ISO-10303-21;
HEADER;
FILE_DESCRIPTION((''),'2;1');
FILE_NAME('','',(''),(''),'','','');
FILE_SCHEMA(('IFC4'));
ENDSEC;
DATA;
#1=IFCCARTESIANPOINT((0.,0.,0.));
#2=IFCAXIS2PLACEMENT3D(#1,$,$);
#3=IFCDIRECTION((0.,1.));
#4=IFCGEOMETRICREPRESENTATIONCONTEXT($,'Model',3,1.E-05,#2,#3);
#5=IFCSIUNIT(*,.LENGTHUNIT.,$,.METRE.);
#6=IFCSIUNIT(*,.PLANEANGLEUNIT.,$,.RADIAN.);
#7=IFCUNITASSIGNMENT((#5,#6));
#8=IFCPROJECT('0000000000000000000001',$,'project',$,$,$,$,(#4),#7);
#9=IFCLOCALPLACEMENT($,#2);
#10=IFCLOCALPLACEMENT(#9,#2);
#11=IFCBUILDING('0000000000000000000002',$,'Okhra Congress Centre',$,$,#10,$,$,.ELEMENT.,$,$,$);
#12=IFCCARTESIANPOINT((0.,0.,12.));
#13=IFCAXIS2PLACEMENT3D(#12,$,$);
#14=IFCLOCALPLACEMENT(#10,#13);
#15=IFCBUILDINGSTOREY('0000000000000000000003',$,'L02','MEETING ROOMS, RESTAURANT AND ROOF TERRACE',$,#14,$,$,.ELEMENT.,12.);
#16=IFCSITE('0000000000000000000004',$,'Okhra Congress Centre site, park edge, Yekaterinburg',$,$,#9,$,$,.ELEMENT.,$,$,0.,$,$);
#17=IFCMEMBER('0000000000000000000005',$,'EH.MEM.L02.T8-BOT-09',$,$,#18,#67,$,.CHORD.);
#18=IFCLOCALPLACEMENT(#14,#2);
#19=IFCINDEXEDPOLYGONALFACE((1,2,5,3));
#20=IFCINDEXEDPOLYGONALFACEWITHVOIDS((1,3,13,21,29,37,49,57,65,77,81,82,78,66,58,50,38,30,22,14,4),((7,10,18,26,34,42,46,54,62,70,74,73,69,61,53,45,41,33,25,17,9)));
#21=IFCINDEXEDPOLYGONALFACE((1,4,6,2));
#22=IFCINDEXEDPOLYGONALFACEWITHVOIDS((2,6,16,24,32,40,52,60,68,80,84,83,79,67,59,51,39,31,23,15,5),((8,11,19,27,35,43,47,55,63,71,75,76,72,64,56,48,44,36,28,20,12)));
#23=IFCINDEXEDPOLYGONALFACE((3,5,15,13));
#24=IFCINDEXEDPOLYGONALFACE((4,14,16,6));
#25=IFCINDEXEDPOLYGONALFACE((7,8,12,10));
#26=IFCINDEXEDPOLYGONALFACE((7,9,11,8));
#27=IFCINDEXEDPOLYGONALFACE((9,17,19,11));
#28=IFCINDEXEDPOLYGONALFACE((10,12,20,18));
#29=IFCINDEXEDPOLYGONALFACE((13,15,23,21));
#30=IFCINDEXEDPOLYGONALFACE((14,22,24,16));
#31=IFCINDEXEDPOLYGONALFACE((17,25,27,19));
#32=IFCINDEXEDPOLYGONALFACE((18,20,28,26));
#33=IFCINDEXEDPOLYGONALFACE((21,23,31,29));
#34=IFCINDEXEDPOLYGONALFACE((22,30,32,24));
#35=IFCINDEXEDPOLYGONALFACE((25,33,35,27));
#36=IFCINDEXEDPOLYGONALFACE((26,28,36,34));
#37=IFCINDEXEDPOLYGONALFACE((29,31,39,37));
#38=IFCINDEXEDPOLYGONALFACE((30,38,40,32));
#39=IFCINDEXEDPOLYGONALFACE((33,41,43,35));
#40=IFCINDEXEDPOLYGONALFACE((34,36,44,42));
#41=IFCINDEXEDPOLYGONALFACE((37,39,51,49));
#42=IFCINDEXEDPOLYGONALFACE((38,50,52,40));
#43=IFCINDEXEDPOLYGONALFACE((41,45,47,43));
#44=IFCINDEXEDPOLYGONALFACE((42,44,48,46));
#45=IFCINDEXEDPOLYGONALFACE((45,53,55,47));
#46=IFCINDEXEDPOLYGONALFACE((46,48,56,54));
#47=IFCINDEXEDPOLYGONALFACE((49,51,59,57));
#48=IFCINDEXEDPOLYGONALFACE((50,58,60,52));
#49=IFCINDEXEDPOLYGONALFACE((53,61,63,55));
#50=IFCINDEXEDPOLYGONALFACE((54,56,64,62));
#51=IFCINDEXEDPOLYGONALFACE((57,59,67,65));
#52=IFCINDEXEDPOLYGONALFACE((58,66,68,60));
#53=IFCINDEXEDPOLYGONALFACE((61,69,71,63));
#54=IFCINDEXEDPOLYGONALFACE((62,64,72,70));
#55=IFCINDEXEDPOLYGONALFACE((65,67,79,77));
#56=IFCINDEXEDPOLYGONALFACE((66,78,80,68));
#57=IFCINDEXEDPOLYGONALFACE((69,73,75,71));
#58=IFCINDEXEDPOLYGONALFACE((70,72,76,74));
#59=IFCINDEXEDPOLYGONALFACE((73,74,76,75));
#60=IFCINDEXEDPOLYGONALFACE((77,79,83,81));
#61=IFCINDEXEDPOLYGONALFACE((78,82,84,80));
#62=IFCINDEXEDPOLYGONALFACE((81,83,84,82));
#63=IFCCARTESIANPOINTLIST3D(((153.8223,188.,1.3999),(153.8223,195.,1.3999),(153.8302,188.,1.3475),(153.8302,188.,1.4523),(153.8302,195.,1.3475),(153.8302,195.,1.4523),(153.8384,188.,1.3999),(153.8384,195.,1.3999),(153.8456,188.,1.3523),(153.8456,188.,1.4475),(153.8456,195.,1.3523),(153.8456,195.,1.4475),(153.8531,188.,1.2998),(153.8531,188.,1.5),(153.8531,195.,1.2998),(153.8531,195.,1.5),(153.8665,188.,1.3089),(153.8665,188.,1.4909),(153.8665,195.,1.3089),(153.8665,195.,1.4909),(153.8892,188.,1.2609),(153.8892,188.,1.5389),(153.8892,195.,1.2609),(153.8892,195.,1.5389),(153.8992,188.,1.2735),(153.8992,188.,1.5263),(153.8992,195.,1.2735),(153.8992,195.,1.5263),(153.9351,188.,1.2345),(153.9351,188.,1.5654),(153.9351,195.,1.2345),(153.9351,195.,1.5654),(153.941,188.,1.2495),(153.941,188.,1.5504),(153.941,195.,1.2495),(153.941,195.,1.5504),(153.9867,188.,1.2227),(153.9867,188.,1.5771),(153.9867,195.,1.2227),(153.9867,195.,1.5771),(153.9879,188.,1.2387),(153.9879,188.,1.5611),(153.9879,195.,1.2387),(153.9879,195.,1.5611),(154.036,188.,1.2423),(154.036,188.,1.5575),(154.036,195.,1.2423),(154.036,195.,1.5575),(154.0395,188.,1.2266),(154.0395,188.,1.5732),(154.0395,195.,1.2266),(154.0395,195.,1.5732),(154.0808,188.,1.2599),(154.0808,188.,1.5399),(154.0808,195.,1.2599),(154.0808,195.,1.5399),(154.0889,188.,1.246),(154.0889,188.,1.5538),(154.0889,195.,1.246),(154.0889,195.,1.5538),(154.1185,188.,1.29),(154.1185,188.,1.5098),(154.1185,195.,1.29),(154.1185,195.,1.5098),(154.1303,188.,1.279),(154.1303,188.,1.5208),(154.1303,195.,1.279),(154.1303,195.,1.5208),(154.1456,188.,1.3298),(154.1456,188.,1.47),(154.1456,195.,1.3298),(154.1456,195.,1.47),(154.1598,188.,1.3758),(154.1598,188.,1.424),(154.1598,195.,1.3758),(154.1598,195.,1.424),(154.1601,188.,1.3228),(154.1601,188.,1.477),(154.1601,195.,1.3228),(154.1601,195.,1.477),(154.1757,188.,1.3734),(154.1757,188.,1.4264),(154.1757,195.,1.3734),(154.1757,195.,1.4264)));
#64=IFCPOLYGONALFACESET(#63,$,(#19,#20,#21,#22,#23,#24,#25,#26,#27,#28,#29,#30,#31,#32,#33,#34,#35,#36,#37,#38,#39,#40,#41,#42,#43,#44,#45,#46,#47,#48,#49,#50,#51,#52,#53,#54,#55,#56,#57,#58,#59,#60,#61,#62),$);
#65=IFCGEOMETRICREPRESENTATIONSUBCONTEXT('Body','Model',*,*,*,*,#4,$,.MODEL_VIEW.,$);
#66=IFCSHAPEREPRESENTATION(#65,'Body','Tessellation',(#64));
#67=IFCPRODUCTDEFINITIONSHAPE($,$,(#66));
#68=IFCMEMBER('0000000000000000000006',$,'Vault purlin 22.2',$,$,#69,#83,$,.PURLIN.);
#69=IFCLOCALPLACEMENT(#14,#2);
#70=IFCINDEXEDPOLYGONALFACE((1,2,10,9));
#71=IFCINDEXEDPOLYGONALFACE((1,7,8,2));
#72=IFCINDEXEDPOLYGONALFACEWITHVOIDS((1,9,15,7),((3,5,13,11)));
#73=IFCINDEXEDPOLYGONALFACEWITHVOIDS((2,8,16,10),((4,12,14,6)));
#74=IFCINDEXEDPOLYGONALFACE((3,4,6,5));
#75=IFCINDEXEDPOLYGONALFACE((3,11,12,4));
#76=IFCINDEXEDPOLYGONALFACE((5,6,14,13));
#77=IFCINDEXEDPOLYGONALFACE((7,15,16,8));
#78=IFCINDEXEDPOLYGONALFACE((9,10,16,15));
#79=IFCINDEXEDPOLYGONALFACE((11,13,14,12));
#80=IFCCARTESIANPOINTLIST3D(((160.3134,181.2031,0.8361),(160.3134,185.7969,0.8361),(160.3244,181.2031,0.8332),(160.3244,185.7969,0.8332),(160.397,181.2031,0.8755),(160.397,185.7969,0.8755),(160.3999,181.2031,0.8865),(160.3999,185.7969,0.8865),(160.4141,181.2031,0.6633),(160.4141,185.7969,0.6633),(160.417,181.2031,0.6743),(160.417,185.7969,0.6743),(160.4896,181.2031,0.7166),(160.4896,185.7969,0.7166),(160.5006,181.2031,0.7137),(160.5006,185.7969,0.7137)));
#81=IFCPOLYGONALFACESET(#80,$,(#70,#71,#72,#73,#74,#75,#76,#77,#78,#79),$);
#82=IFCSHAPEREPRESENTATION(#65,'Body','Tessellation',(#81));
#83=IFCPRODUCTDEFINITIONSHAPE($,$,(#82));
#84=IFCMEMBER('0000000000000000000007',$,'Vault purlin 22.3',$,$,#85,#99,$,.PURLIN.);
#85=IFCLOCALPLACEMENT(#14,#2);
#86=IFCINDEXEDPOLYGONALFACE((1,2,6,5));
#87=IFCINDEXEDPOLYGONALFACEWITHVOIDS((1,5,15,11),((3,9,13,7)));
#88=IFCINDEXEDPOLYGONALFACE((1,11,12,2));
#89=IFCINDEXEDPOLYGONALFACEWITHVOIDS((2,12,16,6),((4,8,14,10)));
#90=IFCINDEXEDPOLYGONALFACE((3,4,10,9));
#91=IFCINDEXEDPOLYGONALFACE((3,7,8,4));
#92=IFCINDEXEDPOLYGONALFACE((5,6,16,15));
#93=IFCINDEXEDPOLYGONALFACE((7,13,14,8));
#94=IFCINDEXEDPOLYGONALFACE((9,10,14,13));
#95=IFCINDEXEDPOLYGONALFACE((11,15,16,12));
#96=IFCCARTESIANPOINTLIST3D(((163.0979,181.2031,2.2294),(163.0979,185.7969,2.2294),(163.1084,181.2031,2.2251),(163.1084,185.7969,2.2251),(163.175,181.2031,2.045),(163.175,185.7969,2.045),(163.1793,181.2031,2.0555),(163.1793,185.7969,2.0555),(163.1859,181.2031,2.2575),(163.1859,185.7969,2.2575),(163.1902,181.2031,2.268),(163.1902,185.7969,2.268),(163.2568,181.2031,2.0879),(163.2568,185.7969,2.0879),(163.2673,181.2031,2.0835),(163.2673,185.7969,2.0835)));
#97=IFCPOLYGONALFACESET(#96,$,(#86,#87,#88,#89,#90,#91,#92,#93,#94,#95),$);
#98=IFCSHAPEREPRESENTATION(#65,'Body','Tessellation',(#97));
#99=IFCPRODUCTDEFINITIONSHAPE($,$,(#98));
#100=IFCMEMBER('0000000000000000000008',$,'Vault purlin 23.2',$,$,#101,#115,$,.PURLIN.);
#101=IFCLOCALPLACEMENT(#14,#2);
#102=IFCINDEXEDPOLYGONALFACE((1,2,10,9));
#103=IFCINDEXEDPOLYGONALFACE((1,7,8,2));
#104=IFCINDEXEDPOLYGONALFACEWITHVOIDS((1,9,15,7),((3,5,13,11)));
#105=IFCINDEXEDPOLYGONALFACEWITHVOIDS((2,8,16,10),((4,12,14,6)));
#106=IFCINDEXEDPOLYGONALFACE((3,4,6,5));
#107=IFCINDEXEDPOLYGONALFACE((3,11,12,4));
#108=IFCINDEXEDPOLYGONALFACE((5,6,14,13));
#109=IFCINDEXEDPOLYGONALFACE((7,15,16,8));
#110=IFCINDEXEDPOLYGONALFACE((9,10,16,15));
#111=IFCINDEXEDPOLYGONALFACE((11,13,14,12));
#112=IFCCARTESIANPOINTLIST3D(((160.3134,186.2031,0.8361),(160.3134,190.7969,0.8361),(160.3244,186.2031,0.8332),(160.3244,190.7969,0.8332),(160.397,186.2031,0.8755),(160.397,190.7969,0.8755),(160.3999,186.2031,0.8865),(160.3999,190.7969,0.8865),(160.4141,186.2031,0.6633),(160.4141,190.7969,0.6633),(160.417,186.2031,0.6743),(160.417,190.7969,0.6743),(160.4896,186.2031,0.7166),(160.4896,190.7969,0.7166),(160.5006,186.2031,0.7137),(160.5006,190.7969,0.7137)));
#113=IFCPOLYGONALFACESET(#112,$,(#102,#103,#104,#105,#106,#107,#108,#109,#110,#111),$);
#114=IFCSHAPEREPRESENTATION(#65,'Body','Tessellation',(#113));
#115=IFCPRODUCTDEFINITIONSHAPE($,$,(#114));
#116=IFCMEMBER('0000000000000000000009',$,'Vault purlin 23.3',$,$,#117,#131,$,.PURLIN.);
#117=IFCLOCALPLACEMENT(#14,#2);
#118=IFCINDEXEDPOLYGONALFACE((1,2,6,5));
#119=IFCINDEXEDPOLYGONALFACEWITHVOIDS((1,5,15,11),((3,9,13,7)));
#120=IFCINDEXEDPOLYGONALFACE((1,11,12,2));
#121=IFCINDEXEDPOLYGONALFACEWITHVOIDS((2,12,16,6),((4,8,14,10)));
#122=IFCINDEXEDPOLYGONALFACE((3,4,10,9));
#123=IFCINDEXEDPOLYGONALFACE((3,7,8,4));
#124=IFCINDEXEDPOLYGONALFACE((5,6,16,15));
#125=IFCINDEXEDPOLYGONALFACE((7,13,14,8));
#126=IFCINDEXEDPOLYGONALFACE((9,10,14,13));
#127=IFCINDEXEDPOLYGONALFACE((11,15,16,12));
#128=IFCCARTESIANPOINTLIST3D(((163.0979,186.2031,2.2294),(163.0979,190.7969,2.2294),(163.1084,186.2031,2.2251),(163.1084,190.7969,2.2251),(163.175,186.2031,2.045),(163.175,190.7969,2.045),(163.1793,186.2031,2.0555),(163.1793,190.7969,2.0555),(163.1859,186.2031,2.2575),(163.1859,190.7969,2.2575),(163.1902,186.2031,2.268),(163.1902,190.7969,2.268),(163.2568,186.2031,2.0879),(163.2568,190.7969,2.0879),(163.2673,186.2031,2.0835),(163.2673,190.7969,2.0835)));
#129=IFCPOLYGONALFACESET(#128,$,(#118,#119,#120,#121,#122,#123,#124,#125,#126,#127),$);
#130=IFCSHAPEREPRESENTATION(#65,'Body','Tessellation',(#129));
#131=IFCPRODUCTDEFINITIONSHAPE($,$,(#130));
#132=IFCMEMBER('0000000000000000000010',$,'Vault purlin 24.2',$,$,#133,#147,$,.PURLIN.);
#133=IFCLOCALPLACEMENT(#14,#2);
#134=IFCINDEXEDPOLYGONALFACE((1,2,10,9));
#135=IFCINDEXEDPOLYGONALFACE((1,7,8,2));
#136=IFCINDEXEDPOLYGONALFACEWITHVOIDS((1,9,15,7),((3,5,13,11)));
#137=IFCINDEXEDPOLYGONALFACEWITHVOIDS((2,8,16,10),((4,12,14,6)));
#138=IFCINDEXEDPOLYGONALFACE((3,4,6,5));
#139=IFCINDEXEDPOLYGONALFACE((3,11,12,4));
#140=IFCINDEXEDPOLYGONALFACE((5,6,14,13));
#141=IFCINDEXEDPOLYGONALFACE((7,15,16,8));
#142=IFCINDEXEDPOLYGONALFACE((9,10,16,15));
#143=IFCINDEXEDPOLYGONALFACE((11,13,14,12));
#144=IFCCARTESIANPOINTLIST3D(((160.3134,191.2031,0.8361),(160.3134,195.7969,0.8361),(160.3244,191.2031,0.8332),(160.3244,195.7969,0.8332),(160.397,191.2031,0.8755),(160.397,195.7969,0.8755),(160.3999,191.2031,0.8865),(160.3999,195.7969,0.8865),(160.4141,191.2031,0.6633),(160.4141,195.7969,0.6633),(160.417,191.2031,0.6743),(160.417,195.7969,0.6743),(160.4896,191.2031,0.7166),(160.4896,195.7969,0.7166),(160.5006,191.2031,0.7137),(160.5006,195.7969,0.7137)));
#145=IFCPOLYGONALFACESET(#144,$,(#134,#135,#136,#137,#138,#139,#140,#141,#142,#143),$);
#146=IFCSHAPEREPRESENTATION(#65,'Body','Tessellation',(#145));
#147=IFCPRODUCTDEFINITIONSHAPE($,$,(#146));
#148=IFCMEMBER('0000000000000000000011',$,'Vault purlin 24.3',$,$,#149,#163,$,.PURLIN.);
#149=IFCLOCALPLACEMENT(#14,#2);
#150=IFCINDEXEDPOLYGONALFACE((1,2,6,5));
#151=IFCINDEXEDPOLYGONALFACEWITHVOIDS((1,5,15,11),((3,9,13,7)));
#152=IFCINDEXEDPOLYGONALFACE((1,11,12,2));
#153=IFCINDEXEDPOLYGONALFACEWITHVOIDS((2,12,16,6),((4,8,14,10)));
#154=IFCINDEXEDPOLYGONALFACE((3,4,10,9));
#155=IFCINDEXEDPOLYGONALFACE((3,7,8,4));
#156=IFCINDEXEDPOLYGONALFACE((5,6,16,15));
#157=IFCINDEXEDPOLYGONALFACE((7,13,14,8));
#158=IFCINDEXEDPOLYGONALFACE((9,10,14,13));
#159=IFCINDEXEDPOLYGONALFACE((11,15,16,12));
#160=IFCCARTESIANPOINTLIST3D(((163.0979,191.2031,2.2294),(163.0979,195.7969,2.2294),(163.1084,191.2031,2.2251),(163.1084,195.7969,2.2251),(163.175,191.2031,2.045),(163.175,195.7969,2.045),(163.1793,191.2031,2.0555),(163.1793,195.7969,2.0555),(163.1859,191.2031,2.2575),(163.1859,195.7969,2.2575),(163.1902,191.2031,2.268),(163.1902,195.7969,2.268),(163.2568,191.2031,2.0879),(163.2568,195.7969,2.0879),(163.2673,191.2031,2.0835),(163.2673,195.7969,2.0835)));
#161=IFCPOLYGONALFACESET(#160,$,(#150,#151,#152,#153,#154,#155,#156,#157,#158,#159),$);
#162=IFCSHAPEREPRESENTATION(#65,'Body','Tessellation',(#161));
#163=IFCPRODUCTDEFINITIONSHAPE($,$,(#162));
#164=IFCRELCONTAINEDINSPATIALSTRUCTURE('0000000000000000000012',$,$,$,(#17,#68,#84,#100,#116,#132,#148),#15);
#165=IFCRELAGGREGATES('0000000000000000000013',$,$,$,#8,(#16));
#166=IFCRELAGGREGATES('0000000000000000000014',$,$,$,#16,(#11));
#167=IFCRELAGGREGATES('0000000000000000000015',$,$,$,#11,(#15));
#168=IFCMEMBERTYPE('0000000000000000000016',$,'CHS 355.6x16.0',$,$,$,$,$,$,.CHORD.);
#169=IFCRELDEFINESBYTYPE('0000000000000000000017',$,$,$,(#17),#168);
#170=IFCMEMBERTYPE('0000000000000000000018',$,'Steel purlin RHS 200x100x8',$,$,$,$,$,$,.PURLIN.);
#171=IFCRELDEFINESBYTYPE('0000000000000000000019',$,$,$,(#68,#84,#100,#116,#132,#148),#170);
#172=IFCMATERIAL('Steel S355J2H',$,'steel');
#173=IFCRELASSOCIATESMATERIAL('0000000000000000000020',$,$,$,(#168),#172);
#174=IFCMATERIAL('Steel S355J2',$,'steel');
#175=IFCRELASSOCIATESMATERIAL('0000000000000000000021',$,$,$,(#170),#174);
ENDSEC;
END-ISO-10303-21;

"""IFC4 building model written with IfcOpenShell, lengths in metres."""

from ifc_helpers import new_model, si_unit, direction, frame, origin, origin_2d, place, context, subcontext, project, spatial, hollow_rectangle, hollow_circle, extrude, material, material_profile, profile_set, type_object, element, save


model = new_model("IFC4")

# Units and contexts
model_context = context("Model", 3, precision=1e-05, world=origin(), true_north=direction((0.0, 1.0)))
body_context = subcontext(model_context, "Body", "Model", "MODEL_VIEW")
ifc_project = project(units=[si_unit("LENGTHUNIT", "METRE"), si_unit("PLANEANGLEUNIT", "RADIAN")], contexts=[model_context])

# Site, building, storey
site_placement = place(None, origin())
site = spatial("IfcSite", under=ifc_project, at=site_placement, Name="Okhra Congress Centre site, park edge, Yekaterinburg", CompositionType="ELEMENT", RefElevation=0.0)
building_placement = place(site_placement, origin())
building = spatial("IfcBuilding", under=site, at=building_placement, Name="Okhra Congress Centre", CompositionType="ELEMENT")
storey_placement = place(building_placement, frame((0.0, 0.0, 12.0)))
storey = spatial("IfcBuildingStorey", under=building, at=storey_placement, Name="L02", Description="MEETING ROOMS, RESTAURANT AND ROOF TERRACE", CompositionType="ELEMENT", Elevation=12.0)

# Members
ifc_material_1 = material(Name="Steel S355J2H", Category="steel")
ifc_material_profile_1 = material_profile(ifc_material_1, hollow_circle(Radius=0.1777, WallThickness=0.0161, at=origin_2d()), Name="CHS 355.6x16.0")
ifc_profile_set_1 = profile_set([ifc_material_profile_1], Name="Steel S355J2H")
member_type_1 = type_object("IfcMemberType", Name="CHS 355.6x16.0", PredefinedType="CHORD", material=ifc_profile_set_1)
member_1_placement = place(storey_placement, frame((154.0, 188.0, 1.3999), z_axis=(0.0, 1.0, 0.0), x_axis=(-1.0, 0.0, 0.0)))
element("IfcMember", 1, at=member_1_placement, inside=storey, type_object=member_type_1, Name="EH.MEM.L02.T8-BOT-09", PredefinedType="CHORD", context=body_context, shape_type="SweptSolid", body=[
    extrude(hollow_circle(Radius=0.1777, WallThickness=0.0161, at=origin_2d()), origin(), (0.0, 0.0, 1.0), 7.0),
])
ifc_material_2 = material(Name="Steel S355J2", Category="steel")
ifc_material_profile_2 = material_profile(ifc_material_2, hollow_rectangle(XDim=0.1001, YDim=0.2, WallThickness=0.0081, at=origin_2d()), Name="RHS 200x100x8")
ifc_profile_set_2 = profile_set([ifc_material_profile_2], Name="Steel S355J2")
member_type_2 = type_object("IfcMemberType", Name="Steel purlin RHS 200x100x8", PredefinedType="PURLIN", material=ifc_profile_set_2)
for number, where, z_axis, x_axis, name in (
    (2, (160.407, 181.2031, 0.7749), (0.0, 1.0, 0.0), (-0.863917, 0.0, -0.503634), "Vault purlin 22.2"),
    (3, (163.1826, 181.2031, 2.1565), (0.0, 1.0, 0.0), (-0.922669, 0.0, -0.385593), "Vault purlin 22.3"),
    (4, (160.407, 186.2031, 0.7749), (0.0, 1.0, 0.0), (-0.863917, 0.0, -0.503634), "Vault purlin 23.2"),
    (5, (163.1826, 186.2031, 2.1565), (0.0, 1.0, 0.0), (-0.922669, 0.0, -0.385593), "Vault purlin 23.3"),
    (6, (160.407, 191.2031, 0.7749), (0.0, 1.0, 0.0), (-0.863917, 0.0, -0.503634), "Vault purlin 24.2"),
    (7, (163.1826, 191.2031, 2.1565), (0.0, 1.0, 0.0), (-0.922669, 0.0, -0.385593), "Vault purlin 24.3"),
):
    element("IfcMember", number, at=place(storey_placement, frame(where, z_axis=z_axis, x_axis=x_axis)), inside=storey, type_object=member_type_2, Name=name, PredefinedType="PURLIN", context=body_context, shape_type="SweptSolid", body=[
        extrude(hollow_rectangle(XDim=0.1001, YDim=0.2, WallThickness=0.0081, at=origin_2d()), origin(), (0.0, 0.0, 1.0), 4.5938),
    ])

save(model, "model.ifc")
